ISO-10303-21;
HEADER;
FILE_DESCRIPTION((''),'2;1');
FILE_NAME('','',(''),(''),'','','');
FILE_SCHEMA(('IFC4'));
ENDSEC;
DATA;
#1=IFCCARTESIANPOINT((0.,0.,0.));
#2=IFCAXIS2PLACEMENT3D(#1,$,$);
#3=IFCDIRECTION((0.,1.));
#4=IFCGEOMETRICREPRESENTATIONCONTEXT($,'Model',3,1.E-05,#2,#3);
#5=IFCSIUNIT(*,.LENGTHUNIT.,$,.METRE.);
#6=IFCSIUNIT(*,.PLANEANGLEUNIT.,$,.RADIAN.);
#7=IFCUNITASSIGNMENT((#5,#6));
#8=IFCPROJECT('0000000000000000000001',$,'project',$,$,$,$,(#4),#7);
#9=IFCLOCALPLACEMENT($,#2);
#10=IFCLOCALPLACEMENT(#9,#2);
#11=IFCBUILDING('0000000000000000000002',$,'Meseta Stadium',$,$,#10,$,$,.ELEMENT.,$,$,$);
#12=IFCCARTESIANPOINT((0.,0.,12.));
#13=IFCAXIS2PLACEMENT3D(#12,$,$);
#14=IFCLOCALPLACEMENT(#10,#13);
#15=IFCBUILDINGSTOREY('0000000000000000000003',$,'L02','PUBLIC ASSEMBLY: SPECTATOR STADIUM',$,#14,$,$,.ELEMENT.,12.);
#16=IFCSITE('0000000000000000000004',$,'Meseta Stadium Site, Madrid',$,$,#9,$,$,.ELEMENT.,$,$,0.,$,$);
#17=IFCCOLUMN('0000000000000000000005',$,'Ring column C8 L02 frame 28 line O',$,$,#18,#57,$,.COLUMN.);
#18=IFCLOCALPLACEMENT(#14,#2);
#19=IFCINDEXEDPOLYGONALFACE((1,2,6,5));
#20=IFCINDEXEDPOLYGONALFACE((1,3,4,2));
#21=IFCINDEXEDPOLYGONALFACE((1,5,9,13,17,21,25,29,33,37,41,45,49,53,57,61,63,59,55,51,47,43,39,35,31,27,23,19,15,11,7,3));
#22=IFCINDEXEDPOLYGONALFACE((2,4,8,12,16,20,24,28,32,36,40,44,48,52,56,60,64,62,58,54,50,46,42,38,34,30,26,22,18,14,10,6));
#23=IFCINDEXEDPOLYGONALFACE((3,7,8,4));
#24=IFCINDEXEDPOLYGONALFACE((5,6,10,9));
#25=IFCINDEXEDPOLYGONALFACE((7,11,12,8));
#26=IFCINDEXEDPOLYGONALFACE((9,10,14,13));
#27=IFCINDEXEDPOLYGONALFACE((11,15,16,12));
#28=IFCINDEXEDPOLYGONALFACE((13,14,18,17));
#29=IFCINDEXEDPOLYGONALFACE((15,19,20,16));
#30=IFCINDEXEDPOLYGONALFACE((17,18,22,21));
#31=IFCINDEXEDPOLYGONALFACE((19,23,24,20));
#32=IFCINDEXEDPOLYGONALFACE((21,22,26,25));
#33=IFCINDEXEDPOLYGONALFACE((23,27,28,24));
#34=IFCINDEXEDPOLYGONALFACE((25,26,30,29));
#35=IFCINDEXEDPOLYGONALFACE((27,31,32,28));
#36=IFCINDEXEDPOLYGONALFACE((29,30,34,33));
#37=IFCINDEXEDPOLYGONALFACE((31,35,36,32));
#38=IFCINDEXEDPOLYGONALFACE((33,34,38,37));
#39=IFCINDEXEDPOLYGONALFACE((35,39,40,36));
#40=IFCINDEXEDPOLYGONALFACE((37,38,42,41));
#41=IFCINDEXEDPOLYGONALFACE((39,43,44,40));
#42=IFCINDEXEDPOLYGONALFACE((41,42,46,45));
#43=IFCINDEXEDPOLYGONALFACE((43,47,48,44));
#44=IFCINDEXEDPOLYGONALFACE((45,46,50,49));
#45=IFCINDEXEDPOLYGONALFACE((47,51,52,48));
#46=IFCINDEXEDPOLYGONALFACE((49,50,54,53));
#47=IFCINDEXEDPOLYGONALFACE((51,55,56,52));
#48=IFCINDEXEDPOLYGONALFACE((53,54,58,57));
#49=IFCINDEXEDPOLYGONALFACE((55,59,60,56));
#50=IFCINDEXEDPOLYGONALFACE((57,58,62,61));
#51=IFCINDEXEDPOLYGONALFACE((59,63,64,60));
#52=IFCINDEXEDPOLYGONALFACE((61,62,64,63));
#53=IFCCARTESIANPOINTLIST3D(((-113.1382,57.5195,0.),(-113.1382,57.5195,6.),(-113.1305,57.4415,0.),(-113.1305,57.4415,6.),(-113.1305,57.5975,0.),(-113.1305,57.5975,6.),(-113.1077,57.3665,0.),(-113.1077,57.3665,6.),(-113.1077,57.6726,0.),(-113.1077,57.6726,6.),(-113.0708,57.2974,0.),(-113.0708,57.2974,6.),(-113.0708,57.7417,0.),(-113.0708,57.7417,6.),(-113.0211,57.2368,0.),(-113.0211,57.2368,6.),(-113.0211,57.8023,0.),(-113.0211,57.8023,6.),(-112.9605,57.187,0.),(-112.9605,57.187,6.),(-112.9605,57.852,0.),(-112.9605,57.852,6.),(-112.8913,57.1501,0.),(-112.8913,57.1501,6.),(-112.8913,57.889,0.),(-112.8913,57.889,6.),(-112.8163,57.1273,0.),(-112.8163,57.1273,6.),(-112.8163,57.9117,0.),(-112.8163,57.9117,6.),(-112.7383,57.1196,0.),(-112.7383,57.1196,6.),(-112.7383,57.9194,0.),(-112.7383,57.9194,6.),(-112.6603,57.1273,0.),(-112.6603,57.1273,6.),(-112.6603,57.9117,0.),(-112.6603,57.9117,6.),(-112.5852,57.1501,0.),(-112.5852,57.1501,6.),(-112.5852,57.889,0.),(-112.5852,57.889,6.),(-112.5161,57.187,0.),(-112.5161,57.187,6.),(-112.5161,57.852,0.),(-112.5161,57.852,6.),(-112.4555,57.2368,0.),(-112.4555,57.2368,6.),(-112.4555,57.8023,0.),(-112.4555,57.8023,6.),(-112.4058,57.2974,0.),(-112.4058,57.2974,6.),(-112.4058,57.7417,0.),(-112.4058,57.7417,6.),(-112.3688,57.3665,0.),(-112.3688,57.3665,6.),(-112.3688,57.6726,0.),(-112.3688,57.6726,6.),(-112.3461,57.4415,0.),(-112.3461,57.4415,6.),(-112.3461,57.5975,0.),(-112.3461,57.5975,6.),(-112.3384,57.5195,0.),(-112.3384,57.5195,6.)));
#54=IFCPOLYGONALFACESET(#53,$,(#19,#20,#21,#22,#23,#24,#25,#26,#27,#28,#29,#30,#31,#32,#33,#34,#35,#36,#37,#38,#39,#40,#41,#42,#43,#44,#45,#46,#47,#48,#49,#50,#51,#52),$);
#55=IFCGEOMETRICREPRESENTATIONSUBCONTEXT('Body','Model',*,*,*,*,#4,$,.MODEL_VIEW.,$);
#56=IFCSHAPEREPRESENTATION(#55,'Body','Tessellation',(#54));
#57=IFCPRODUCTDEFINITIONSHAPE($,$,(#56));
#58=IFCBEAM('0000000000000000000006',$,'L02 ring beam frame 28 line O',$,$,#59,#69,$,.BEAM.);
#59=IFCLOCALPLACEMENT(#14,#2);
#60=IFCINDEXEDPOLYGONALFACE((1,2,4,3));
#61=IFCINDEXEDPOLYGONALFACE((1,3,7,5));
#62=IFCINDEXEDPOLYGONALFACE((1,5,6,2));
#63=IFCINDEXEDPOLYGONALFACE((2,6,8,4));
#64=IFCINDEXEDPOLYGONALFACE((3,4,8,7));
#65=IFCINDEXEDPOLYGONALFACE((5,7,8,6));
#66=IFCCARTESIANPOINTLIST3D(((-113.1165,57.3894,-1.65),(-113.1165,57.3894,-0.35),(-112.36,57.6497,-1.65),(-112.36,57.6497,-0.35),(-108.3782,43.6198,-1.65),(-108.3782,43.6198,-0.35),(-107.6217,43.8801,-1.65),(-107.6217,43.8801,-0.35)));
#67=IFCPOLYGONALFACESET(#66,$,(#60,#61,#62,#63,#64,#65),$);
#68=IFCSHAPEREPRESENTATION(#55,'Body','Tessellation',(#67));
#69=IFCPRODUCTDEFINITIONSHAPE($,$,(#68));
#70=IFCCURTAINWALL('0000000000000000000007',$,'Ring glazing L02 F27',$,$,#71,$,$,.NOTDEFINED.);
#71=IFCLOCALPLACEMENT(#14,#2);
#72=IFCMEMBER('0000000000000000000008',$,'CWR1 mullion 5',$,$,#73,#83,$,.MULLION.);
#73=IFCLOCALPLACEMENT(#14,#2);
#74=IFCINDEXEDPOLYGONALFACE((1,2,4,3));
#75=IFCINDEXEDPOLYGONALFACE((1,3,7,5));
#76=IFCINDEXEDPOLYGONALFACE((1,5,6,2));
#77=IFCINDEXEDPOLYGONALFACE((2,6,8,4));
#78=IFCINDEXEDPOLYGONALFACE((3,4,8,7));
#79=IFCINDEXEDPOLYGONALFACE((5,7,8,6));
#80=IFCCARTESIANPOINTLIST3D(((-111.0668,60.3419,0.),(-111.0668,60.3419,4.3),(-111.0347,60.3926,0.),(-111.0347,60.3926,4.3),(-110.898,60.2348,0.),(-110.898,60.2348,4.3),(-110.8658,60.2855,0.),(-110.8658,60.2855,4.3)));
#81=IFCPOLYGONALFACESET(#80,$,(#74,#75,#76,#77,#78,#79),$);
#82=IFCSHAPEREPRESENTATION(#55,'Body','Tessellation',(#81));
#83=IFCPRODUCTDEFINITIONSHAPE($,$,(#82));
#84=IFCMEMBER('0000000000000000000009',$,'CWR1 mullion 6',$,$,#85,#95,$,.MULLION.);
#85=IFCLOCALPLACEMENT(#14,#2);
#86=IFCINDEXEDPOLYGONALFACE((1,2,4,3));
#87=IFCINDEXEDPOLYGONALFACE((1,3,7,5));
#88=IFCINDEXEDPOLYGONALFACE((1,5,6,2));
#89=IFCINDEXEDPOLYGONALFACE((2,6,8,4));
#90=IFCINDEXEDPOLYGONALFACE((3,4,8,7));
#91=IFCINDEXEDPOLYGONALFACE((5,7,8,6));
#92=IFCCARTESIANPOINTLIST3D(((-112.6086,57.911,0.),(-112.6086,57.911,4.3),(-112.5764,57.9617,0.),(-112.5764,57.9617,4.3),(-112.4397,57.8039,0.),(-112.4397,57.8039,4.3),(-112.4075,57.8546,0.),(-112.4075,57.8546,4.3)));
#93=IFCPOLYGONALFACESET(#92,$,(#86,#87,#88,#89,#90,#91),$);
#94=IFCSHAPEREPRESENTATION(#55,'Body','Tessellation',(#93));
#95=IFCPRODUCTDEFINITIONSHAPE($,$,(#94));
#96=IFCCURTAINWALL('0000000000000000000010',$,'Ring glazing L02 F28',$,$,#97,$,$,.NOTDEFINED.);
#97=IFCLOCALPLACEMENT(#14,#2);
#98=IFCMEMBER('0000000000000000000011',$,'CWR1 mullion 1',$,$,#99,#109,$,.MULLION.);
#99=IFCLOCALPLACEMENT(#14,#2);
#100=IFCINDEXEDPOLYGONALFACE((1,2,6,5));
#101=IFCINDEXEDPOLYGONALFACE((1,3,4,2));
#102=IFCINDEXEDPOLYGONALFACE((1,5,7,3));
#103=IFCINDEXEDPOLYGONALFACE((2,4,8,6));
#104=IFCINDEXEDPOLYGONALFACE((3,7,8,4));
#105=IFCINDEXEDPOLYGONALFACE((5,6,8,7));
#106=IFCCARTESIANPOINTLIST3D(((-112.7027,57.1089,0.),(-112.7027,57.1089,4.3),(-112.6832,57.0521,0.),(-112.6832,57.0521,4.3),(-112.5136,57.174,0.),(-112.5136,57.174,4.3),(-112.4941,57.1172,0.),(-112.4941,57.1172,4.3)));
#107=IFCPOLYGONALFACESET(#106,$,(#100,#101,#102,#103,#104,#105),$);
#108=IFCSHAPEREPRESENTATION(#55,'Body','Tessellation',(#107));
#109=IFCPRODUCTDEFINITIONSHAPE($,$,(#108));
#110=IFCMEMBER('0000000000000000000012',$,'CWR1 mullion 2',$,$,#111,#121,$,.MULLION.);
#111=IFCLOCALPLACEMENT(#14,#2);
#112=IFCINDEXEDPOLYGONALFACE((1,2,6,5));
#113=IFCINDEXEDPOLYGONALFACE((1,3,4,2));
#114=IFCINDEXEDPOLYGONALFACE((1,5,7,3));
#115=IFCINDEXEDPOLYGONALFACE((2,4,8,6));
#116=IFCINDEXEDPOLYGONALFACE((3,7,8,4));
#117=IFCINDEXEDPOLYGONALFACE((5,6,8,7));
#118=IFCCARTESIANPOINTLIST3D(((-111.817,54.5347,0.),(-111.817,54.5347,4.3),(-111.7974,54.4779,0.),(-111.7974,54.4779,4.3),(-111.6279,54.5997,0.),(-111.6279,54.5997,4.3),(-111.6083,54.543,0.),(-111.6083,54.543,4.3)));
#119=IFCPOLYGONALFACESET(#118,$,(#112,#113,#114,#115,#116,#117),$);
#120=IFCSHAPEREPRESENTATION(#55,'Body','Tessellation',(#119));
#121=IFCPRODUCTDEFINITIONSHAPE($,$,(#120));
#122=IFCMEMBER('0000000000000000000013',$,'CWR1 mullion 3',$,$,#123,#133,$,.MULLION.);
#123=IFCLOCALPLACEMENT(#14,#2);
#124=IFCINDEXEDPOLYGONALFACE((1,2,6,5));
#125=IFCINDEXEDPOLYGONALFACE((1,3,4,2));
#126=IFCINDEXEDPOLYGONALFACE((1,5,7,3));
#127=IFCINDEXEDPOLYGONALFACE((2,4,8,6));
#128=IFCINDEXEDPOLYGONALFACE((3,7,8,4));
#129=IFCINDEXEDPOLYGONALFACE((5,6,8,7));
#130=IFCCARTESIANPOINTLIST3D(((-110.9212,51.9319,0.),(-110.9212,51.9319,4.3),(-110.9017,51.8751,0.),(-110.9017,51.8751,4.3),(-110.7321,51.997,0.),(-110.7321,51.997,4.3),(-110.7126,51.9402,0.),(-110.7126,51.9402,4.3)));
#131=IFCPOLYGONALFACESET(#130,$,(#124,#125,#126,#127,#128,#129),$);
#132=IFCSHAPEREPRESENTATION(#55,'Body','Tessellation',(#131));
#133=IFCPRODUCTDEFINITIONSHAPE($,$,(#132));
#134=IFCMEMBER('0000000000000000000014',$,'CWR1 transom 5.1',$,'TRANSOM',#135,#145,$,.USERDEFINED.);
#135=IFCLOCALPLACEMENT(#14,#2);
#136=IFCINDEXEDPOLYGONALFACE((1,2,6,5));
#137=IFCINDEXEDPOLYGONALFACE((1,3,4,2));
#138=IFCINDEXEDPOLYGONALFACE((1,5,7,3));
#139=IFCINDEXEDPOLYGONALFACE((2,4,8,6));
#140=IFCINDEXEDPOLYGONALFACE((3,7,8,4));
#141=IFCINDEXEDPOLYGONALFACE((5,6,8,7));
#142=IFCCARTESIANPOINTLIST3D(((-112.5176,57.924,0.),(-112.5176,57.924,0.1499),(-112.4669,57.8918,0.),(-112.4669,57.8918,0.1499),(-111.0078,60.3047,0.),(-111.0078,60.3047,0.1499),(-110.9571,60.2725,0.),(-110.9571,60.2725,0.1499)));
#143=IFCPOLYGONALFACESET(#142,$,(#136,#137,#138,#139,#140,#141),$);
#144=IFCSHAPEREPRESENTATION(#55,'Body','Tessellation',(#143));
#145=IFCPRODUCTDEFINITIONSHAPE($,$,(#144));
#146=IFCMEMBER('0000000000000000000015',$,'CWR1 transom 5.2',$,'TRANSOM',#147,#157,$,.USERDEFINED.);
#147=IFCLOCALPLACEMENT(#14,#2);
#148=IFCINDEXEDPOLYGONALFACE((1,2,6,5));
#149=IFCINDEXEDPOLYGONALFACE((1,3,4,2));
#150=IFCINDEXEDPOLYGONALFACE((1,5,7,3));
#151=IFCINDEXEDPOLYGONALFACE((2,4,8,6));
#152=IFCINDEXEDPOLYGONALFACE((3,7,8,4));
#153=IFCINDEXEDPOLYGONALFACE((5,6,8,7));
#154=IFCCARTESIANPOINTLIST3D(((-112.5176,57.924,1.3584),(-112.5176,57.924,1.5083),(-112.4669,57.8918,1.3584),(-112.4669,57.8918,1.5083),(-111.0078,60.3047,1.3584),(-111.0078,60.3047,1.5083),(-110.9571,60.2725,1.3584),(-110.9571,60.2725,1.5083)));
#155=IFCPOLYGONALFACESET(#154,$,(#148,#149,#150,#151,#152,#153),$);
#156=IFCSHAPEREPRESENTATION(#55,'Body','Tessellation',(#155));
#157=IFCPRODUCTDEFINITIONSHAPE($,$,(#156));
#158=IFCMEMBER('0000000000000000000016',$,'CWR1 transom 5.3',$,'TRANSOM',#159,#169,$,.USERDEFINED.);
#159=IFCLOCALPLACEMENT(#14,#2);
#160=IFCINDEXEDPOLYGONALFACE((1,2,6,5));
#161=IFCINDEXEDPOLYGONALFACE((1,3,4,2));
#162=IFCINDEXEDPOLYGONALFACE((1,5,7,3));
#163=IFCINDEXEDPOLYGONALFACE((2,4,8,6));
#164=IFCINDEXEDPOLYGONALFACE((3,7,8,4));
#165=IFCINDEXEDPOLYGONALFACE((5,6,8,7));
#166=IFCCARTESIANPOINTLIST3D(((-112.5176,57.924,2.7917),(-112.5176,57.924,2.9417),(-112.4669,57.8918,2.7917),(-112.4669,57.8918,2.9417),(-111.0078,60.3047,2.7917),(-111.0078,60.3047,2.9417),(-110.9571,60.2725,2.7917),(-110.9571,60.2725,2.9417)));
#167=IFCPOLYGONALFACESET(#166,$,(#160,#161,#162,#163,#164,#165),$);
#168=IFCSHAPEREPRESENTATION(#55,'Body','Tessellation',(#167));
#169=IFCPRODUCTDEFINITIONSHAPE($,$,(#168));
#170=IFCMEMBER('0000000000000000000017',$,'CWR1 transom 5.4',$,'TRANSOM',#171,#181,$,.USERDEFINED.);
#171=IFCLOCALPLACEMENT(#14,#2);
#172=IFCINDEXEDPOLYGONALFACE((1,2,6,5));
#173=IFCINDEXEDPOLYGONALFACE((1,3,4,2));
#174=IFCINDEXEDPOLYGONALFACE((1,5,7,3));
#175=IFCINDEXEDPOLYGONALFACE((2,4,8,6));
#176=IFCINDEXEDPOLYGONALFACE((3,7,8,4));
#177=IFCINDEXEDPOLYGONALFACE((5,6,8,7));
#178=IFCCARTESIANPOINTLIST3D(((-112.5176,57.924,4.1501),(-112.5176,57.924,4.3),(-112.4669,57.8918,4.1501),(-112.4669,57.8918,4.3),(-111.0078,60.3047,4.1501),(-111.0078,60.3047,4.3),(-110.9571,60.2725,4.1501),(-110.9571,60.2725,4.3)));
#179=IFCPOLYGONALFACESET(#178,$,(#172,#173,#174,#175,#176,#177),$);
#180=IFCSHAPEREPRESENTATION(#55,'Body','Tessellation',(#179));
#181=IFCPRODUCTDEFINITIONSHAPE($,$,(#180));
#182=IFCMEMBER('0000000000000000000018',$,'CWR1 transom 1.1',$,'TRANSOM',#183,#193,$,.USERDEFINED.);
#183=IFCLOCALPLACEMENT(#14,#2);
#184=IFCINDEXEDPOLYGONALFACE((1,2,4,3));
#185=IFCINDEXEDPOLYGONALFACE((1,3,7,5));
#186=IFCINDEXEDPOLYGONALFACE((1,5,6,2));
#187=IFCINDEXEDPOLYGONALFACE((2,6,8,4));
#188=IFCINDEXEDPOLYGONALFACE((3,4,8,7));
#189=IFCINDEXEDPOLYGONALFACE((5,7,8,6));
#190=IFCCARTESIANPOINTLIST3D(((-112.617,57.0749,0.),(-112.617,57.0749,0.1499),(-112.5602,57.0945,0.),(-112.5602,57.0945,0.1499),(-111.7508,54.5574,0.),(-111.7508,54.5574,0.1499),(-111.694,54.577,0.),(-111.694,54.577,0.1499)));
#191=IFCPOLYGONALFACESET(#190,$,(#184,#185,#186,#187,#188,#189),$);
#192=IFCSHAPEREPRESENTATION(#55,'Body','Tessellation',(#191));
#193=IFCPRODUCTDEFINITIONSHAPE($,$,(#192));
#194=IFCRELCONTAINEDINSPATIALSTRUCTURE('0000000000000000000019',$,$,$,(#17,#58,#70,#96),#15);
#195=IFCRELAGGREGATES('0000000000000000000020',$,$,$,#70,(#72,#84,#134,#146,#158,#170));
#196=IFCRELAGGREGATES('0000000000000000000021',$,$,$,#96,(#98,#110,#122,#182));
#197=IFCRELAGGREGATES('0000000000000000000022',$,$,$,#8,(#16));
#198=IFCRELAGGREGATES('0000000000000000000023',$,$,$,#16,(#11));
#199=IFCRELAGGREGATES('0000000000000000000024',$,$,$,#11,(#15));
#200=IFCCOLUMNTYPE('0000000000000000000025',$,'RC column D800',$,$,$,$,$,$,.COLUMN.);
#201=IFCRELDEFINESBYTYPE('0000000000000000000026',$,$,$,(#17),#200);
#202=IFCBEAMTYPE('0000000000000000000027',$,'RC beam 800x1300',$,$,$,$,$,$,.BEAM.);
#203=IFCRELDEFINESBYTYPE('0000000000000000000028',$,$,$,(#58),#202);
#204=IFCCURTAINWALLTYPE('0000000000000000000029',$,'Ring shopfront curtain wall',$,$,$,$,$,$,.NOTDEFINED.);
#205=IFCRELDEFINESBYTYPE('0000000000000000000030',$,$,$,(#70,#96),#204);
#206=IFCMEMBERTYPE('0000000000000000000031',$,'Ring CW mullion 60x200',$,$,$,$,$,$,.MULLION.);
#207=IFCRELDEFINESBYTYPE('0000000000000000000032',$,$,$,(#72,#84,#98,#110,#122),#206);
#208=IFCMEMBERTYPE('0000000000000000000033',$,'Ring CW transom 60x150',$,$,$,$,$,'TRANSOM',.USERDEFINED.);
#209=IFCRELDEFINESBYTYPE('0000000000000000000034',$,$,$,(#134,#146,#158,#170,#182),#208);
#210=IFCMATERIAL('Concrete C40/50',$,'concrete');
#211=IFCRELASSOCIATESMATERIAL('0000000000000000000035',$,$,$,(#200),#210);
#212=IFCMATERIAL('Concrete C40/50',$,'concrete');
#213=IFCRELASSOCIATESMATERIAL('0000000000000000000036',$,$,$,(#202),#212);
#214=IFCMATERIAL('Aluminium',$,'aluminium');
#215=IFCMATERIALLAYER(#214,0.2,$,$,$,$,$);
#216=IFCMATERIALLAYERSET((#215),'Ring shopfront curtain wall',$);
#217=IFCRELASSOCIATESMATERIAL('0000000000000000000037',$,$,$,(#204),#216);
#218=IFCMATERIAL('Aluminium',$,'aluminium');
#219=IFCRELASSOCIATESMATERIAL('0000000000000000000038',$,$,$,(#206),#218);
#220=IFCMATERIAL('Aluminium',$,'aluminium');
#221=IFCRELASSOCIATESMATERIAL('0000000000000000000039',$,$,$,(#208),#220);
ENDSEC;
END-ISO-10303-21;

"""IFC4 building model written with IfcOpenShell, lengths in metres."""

from ifc_helpers import new_model, si_unit, direction, frame, origin, origin_2d, place, context, subcontext, project, spatial, rectangle, circle, extrude, material, layer, layer_set, material_profile, profile_set, type_object, element, aggregate, save


model = new_model("IFC4")

# Units and contexts
model_context = context("Model", 3, precision=1e-05, world=origin(), true_north=direction((0.0, 1.0)))
body_context = subcontext(model_context, "Body", "Model", "MODEL_VIEW")
ifc_project = project(units=[si_unit("LENGTHUNIT", "METRE"), si_unit("PLANEANGLEUNIT", "RADIAN")], contexts=[model_context])

# Site, building, storey
site_placement = place(None, origin())
site = spatial("IfcSite", under=ifc_project, at=site_placement, Name="Meseta Stadium Site, Madrid", CompositionType="ELEMENT", RefElevation=0.0)
building_placement = place(site_placement, origin())
building = spatial("IfcBuilding", under=site, at=building_placement, Name="Meseta Stadium", CompositionType="ELEMENT")
storey_placement = place(building_placement, frame((0.0, 0.0, 12.0)))
storey = spatial("IfcBuildingStorey", under=building, at=storey_placement, Name="L02", Description="PUBLIC ASSEMBLY: SPECTATOR STADIUM", CompositionType="ELEMENT", Elevation=12.0)

# Column
ifc_material_1 = material(Name="Concrete C40/50", Category="concrete")
ifc_material_profile_1 = material_profile(ifc_material_1, circle(Radius=0.3999, at=origin_2d()), Name="RC D800")
ifc_profile_set_1 = profile_set([ifc_material_profile_1], Name="Concrete C40/50")
column_type = type_object("IfcColumnType", Name="RC column D800", PredefinedType="COLUMN", material=ifc_profile_set_1)
column_placement = place(storey_placement, frame((-112.7383, 57.5195, 0.0), z_axis=(0.0, 0.0, 1.0), x_axis=(1.0, 0.0, 0.0)))
element("IfcColumn", 1, at=column_placement, inside=storey, type_object=column_type, Name="Ring column C8 L02 frame 28 line O", PredefinedType="COLUMN", context=body_context, shape_type="SweptSolid", body=[
    extrude(circle(Radius=0.3999, at=origin_2d()), origin(), (0.0, 0.0, 1.0), 6.0),
])

# Beam
ifc_material_2 = material(Name="Concrete C40/50", Category="concrete")
ifc_material_profile_2 = material_profile(ifc_material_2, rectangle(XDim=0.8, YDim=1.3, at=origin_2d()), Name="RC 800x1300")
ifc_profile_set_2 = profile_set([ifc_material_profile_2], Name="Concrete C40/50")
beam_type = type_object("IfcBeamType", Name="RC beam 800x1300", PredefinedType="BEAM", material=ifc_profile_set_2)
beam_placement = place(storey_placement, frame((-112.7383, 57.5195, -1.0), z_axis=(0.325387, -0.945581, 0.0), x_axis=(0.945581, 0.325387, 0.0)))
element("IfcBeam", 2, at=beam_placement, inside=storey, type_object=beam_type, Name="L02 ring beam frame 28 line O", PredefinedType="BEAM", context=body_context, shape_type="SweptSolid", body=[
    extrude(rectangle(XDim=0.8, YDim=1.3, at=origin_2d()), origin(), (0.0, 0.0, 1.0), 14.562),
])

# Curtain walls, members
ifc_material_3 = material(Name="Aluminium", Category="aluminium")
ifc_layer_1 = layer(ifc_material_3, 0.2)
ifc_layer_set_1 = layer_set([ifc_layer_1], Name="Ring shopfront curtain wall")
curtain_wall_type = type_object("IfcCurtainWallType", Name="Ring shopfront curtain wall", PredefinedType="NOTDEFINED", material=ifc_layer_set_1)
curtain_wall_1_placement = place(storey_placement, origin())
curtain_wall_1 = element("IfcCurtainWall", 3, at=curtain_wall_1_placement, inside=storey, type_object=curtain_wall_type, Name="Ring glazing L02 F27", PredefinedType="NOTDEFINED")
ifc_material_4 = material(Name="Aluminium", Category="aluminium")
ifc_material_profile_3 = material_profile(ifc_material_4, rectangle(XDim=0.2, YDim=0.0601, at=origin_2d()), Name="CW 200x60")
ifc_profile_set_3 = profile_set([ifc_material_profile_3], Name="Aluminium")
member_type_1 = type_object("IfcMemberType", Name="Ring CW mullion 60x200", PredefinedType="MULLION", material=ifc_profile_set_3)
member_1_placement = place(storey_placement, frame((-110.9663, 60.3137, 0.0), z_axis=(0.0, 0.0, 1.0), x_axis=(0.844491, -0.535569, 0.0)))
member_1 = element("IfcMember", 4, at=member_1_placement, type_object=member_type_1, Name="CWR1 mullion 5", PredefinedType="MULLION", context=body_context, shape_type="SweptSolid", body=[
    extrude(rectangle(XDim=0.2, YDim=0.0601, at=origin_2d()), origin(), (0.0, 0.0, 1.0), 4.3),
])
member_2_placement = place(storey_placement, frame((-112.5081, 57.8828, 0.0), z_axis=(0.0, 0.0, 1.0), x_axis=(0.844491, -0.535569, 0.0)))
member_2 = element("IfcMember", 5, at=member_2_placement, type_object=member_type_1, Name="CWR1 mullion 6", PredefinedType="MULLION", context=body_context, shape_type="SweptSolid", body=[
    extrude(rectangle(XDim=0.2, YDim=0.0601, at=origin_2d()), origin(), (0.0, 0.0, 1.0), 4.3),
])
curtain_wall_2_placement = place(storey_placement, origin())
curtain_wall_2 = element("IfcCurtainWall", 6, at=curtain_wall_2_placement, inside=storey, type_object=curtain_wall_type, Name="Ring glazing L02 F28", PredefinedType="NOTDEFINED")
member_3_placement = place(storey_placement, frame((-112.5984, 57.113, 0.0), z_axis=(0.0, 0.0, 1.0), x_axis=(0.945581, 0.325386, 0.0)))
member_3 = element("IfcMember", 7, at=member_3_placement, type_object=member_type_1, Name="CWR1 mullion 1", PredefinedType="MULLION", context=body_context, shape_type="SweptSolid", body=[
    extrude(rectangle(XDim=0.2, YDim=0.0601, at=origin_2d()), origin(), (0.0, 0.0, 1.0), 4.3),
])
member_4_placement = place(storey_placement, frame((-111.7126, 54.5388, 0.0), z_axis=(0.0, 0.0, 1.0), x_axis=(0.945581, 0.325386, 0.0)))
member_4 = element("IfcMember", 8, at=member_4_placement, type_object=member_type_1, Name="CWR1 mullion 2", PredefinedType="MULLION", context=body_context, shape_type="SweptSolid", body=[
    extrude(rectangle(XDim=0.2, YDim=0.0601, at=origin_2d()), origin(), (0.0, 0.0, 1.0), 4.3),
])
member_5_placement = place(storey_placement, frame((-110.8169, 51.936, 0.0), z_axis=(0.0, 0.0, 1.0), x_axis=(0.945581, 0.325386, 0.0)))
member_5 = element("IfcMember", 9, at=member_5_placement, type_object=member_type_1, Name="CWR1 mullion 3", PredefinedType="MULLION", context=body_context, shape_type="SweptSolid", body=[
    extrude(rectangle(XDim=0.2, YDim=0.0601, at=origin_2d()), origin(), (0.0, 0.0, 1.0), 4.3),
])

# Members
ifc_material_5 = material(Name="Aluminium", Category="aluminium")
ifc_material_profile_4 = material_profile(ifc_material_5, rectangle(XDim=0.0601, YDim=0.1499, at=origin_2d()), Name="CW 60x150")
ifc_profile_set_4 = profile_set([ifc_material_profile_4], Name="Aluminium")
member_type_2 = type_object("IfcMemberType", Name="Ring CW transom 60x150", ElementType="TRANSOM", PredefinedType="USERDEFINED", material=ifc_profile_set_4)
member_6_placement = place(storey_placement, frame((-110.9824, 60.2886, 0.075), z_axis=(-0.535569, -0.844491, 0.0), x_axis=(0.844491, -0.535569, 0.0)))
member_6 = element("IfcMember", 10, at=member_6_placement, type_object=member_type_2, Name="CWR1 transom 5.1", ObjectType="TRANSOM", PredefinedType="USERDEFINED", context=body_context, shape_type="SweptSolid", body=[
    extrude(rectangle(XDim=0.0601, YDim=0.1499, at=origin_2d()), origin(), (0.0, 0.0, 1.0), 2.8191),
])
member_7_placement = place(storey_placement, frame((-110.9824, 60.2886, 1.4333), z_axis=(-0.535569, -0.844491, 0.0), x_axis=(0.844491, -0.535569, 0.0)))
member_7 = element("IfcMember", 11, at=member_7_placement, type_object=member_type_2, Name="CWR1 transom 5.2", ObjectType="TRANSOM", PredefinedType="USERDEFINED", context=body_context, shape_type="SweptSolid", body=[
    extrude(rectangle(XDim=0.0601, YDim=0.1499, at=origin_2d()), origin(), (0.0, 0.0, 1.0), 2.8191),
])
member_8_placement = place(storey_placement, frame((-110.9824, 60.2886, 2.8667), z_axis=(-0.535569, -0.844491, 0.0), x_axis=(0.844491, -0.535569, 0.0)))
member_8 = element("IfcMember", 12, at=member_8_placement, type_object=member_type_2, Name="CWR1 transom 5.3", ObjectType="TRANSOM", PredefinedType="USERDEFINED", context=body_context, shape_type="SweptSolid", body=[
    extrude(rectangle(XDim=0.0601, YDim=0.1499, at=origin_2d()), origin(), (0.0, 0.0, 1.0), 2.8191),
])
member_9_placement = place(storey_placement, frame((-110.9824, 60.2886, 4.2251), z_axis=(-0.535569, -0.844491, 0.0), x_axis=(0.844491, -0.535569, 0.0)))
member_9 = element("IfcMember", 13, at=member_9_placement, type_object=member_type_2, Name="CWR1 transom 5.4", ObjectType="TRANSOM", PredefinedType="USERDEFINED", context=body_context, shape_type="SweptSolid", body=[
    extrude(rectangle(XDim=0.0601, YDim=0.1499, at=origin_2d()), origin(), (0.0, 0.0, 1.0), 2.8191),
])
member_10_placement = place(storey_placement, frame((-112.5886, 57.0847, 0.075), z_axis=(0.325346, -0.945595, 0.0), x_axis=(0.945595, 0.325346, 0.0)))
member_10 = element("IfcMember", 14, at=member_10_placement, type_object=member_type_2, Name="CWR1 transom 1.1", ObjectType="TRANSOM", PredefinedType="USERDEFINED", context=body_context, shape_type="SweptSolid", body=[
    extrude(rectangle(XDim=0.0601, YDim=0.1499, at=origin_2d()), origin(), (0.0, 0.0, 1.0), 2.6624),
])

aggregate(curtain_wall_1, [member_1, member_2, member_6, member_7, member_8, member_9])
aggregate(curtain_wall_2, [member_3, member_4, member_5, member_10])

save(model, "model.ifc")
